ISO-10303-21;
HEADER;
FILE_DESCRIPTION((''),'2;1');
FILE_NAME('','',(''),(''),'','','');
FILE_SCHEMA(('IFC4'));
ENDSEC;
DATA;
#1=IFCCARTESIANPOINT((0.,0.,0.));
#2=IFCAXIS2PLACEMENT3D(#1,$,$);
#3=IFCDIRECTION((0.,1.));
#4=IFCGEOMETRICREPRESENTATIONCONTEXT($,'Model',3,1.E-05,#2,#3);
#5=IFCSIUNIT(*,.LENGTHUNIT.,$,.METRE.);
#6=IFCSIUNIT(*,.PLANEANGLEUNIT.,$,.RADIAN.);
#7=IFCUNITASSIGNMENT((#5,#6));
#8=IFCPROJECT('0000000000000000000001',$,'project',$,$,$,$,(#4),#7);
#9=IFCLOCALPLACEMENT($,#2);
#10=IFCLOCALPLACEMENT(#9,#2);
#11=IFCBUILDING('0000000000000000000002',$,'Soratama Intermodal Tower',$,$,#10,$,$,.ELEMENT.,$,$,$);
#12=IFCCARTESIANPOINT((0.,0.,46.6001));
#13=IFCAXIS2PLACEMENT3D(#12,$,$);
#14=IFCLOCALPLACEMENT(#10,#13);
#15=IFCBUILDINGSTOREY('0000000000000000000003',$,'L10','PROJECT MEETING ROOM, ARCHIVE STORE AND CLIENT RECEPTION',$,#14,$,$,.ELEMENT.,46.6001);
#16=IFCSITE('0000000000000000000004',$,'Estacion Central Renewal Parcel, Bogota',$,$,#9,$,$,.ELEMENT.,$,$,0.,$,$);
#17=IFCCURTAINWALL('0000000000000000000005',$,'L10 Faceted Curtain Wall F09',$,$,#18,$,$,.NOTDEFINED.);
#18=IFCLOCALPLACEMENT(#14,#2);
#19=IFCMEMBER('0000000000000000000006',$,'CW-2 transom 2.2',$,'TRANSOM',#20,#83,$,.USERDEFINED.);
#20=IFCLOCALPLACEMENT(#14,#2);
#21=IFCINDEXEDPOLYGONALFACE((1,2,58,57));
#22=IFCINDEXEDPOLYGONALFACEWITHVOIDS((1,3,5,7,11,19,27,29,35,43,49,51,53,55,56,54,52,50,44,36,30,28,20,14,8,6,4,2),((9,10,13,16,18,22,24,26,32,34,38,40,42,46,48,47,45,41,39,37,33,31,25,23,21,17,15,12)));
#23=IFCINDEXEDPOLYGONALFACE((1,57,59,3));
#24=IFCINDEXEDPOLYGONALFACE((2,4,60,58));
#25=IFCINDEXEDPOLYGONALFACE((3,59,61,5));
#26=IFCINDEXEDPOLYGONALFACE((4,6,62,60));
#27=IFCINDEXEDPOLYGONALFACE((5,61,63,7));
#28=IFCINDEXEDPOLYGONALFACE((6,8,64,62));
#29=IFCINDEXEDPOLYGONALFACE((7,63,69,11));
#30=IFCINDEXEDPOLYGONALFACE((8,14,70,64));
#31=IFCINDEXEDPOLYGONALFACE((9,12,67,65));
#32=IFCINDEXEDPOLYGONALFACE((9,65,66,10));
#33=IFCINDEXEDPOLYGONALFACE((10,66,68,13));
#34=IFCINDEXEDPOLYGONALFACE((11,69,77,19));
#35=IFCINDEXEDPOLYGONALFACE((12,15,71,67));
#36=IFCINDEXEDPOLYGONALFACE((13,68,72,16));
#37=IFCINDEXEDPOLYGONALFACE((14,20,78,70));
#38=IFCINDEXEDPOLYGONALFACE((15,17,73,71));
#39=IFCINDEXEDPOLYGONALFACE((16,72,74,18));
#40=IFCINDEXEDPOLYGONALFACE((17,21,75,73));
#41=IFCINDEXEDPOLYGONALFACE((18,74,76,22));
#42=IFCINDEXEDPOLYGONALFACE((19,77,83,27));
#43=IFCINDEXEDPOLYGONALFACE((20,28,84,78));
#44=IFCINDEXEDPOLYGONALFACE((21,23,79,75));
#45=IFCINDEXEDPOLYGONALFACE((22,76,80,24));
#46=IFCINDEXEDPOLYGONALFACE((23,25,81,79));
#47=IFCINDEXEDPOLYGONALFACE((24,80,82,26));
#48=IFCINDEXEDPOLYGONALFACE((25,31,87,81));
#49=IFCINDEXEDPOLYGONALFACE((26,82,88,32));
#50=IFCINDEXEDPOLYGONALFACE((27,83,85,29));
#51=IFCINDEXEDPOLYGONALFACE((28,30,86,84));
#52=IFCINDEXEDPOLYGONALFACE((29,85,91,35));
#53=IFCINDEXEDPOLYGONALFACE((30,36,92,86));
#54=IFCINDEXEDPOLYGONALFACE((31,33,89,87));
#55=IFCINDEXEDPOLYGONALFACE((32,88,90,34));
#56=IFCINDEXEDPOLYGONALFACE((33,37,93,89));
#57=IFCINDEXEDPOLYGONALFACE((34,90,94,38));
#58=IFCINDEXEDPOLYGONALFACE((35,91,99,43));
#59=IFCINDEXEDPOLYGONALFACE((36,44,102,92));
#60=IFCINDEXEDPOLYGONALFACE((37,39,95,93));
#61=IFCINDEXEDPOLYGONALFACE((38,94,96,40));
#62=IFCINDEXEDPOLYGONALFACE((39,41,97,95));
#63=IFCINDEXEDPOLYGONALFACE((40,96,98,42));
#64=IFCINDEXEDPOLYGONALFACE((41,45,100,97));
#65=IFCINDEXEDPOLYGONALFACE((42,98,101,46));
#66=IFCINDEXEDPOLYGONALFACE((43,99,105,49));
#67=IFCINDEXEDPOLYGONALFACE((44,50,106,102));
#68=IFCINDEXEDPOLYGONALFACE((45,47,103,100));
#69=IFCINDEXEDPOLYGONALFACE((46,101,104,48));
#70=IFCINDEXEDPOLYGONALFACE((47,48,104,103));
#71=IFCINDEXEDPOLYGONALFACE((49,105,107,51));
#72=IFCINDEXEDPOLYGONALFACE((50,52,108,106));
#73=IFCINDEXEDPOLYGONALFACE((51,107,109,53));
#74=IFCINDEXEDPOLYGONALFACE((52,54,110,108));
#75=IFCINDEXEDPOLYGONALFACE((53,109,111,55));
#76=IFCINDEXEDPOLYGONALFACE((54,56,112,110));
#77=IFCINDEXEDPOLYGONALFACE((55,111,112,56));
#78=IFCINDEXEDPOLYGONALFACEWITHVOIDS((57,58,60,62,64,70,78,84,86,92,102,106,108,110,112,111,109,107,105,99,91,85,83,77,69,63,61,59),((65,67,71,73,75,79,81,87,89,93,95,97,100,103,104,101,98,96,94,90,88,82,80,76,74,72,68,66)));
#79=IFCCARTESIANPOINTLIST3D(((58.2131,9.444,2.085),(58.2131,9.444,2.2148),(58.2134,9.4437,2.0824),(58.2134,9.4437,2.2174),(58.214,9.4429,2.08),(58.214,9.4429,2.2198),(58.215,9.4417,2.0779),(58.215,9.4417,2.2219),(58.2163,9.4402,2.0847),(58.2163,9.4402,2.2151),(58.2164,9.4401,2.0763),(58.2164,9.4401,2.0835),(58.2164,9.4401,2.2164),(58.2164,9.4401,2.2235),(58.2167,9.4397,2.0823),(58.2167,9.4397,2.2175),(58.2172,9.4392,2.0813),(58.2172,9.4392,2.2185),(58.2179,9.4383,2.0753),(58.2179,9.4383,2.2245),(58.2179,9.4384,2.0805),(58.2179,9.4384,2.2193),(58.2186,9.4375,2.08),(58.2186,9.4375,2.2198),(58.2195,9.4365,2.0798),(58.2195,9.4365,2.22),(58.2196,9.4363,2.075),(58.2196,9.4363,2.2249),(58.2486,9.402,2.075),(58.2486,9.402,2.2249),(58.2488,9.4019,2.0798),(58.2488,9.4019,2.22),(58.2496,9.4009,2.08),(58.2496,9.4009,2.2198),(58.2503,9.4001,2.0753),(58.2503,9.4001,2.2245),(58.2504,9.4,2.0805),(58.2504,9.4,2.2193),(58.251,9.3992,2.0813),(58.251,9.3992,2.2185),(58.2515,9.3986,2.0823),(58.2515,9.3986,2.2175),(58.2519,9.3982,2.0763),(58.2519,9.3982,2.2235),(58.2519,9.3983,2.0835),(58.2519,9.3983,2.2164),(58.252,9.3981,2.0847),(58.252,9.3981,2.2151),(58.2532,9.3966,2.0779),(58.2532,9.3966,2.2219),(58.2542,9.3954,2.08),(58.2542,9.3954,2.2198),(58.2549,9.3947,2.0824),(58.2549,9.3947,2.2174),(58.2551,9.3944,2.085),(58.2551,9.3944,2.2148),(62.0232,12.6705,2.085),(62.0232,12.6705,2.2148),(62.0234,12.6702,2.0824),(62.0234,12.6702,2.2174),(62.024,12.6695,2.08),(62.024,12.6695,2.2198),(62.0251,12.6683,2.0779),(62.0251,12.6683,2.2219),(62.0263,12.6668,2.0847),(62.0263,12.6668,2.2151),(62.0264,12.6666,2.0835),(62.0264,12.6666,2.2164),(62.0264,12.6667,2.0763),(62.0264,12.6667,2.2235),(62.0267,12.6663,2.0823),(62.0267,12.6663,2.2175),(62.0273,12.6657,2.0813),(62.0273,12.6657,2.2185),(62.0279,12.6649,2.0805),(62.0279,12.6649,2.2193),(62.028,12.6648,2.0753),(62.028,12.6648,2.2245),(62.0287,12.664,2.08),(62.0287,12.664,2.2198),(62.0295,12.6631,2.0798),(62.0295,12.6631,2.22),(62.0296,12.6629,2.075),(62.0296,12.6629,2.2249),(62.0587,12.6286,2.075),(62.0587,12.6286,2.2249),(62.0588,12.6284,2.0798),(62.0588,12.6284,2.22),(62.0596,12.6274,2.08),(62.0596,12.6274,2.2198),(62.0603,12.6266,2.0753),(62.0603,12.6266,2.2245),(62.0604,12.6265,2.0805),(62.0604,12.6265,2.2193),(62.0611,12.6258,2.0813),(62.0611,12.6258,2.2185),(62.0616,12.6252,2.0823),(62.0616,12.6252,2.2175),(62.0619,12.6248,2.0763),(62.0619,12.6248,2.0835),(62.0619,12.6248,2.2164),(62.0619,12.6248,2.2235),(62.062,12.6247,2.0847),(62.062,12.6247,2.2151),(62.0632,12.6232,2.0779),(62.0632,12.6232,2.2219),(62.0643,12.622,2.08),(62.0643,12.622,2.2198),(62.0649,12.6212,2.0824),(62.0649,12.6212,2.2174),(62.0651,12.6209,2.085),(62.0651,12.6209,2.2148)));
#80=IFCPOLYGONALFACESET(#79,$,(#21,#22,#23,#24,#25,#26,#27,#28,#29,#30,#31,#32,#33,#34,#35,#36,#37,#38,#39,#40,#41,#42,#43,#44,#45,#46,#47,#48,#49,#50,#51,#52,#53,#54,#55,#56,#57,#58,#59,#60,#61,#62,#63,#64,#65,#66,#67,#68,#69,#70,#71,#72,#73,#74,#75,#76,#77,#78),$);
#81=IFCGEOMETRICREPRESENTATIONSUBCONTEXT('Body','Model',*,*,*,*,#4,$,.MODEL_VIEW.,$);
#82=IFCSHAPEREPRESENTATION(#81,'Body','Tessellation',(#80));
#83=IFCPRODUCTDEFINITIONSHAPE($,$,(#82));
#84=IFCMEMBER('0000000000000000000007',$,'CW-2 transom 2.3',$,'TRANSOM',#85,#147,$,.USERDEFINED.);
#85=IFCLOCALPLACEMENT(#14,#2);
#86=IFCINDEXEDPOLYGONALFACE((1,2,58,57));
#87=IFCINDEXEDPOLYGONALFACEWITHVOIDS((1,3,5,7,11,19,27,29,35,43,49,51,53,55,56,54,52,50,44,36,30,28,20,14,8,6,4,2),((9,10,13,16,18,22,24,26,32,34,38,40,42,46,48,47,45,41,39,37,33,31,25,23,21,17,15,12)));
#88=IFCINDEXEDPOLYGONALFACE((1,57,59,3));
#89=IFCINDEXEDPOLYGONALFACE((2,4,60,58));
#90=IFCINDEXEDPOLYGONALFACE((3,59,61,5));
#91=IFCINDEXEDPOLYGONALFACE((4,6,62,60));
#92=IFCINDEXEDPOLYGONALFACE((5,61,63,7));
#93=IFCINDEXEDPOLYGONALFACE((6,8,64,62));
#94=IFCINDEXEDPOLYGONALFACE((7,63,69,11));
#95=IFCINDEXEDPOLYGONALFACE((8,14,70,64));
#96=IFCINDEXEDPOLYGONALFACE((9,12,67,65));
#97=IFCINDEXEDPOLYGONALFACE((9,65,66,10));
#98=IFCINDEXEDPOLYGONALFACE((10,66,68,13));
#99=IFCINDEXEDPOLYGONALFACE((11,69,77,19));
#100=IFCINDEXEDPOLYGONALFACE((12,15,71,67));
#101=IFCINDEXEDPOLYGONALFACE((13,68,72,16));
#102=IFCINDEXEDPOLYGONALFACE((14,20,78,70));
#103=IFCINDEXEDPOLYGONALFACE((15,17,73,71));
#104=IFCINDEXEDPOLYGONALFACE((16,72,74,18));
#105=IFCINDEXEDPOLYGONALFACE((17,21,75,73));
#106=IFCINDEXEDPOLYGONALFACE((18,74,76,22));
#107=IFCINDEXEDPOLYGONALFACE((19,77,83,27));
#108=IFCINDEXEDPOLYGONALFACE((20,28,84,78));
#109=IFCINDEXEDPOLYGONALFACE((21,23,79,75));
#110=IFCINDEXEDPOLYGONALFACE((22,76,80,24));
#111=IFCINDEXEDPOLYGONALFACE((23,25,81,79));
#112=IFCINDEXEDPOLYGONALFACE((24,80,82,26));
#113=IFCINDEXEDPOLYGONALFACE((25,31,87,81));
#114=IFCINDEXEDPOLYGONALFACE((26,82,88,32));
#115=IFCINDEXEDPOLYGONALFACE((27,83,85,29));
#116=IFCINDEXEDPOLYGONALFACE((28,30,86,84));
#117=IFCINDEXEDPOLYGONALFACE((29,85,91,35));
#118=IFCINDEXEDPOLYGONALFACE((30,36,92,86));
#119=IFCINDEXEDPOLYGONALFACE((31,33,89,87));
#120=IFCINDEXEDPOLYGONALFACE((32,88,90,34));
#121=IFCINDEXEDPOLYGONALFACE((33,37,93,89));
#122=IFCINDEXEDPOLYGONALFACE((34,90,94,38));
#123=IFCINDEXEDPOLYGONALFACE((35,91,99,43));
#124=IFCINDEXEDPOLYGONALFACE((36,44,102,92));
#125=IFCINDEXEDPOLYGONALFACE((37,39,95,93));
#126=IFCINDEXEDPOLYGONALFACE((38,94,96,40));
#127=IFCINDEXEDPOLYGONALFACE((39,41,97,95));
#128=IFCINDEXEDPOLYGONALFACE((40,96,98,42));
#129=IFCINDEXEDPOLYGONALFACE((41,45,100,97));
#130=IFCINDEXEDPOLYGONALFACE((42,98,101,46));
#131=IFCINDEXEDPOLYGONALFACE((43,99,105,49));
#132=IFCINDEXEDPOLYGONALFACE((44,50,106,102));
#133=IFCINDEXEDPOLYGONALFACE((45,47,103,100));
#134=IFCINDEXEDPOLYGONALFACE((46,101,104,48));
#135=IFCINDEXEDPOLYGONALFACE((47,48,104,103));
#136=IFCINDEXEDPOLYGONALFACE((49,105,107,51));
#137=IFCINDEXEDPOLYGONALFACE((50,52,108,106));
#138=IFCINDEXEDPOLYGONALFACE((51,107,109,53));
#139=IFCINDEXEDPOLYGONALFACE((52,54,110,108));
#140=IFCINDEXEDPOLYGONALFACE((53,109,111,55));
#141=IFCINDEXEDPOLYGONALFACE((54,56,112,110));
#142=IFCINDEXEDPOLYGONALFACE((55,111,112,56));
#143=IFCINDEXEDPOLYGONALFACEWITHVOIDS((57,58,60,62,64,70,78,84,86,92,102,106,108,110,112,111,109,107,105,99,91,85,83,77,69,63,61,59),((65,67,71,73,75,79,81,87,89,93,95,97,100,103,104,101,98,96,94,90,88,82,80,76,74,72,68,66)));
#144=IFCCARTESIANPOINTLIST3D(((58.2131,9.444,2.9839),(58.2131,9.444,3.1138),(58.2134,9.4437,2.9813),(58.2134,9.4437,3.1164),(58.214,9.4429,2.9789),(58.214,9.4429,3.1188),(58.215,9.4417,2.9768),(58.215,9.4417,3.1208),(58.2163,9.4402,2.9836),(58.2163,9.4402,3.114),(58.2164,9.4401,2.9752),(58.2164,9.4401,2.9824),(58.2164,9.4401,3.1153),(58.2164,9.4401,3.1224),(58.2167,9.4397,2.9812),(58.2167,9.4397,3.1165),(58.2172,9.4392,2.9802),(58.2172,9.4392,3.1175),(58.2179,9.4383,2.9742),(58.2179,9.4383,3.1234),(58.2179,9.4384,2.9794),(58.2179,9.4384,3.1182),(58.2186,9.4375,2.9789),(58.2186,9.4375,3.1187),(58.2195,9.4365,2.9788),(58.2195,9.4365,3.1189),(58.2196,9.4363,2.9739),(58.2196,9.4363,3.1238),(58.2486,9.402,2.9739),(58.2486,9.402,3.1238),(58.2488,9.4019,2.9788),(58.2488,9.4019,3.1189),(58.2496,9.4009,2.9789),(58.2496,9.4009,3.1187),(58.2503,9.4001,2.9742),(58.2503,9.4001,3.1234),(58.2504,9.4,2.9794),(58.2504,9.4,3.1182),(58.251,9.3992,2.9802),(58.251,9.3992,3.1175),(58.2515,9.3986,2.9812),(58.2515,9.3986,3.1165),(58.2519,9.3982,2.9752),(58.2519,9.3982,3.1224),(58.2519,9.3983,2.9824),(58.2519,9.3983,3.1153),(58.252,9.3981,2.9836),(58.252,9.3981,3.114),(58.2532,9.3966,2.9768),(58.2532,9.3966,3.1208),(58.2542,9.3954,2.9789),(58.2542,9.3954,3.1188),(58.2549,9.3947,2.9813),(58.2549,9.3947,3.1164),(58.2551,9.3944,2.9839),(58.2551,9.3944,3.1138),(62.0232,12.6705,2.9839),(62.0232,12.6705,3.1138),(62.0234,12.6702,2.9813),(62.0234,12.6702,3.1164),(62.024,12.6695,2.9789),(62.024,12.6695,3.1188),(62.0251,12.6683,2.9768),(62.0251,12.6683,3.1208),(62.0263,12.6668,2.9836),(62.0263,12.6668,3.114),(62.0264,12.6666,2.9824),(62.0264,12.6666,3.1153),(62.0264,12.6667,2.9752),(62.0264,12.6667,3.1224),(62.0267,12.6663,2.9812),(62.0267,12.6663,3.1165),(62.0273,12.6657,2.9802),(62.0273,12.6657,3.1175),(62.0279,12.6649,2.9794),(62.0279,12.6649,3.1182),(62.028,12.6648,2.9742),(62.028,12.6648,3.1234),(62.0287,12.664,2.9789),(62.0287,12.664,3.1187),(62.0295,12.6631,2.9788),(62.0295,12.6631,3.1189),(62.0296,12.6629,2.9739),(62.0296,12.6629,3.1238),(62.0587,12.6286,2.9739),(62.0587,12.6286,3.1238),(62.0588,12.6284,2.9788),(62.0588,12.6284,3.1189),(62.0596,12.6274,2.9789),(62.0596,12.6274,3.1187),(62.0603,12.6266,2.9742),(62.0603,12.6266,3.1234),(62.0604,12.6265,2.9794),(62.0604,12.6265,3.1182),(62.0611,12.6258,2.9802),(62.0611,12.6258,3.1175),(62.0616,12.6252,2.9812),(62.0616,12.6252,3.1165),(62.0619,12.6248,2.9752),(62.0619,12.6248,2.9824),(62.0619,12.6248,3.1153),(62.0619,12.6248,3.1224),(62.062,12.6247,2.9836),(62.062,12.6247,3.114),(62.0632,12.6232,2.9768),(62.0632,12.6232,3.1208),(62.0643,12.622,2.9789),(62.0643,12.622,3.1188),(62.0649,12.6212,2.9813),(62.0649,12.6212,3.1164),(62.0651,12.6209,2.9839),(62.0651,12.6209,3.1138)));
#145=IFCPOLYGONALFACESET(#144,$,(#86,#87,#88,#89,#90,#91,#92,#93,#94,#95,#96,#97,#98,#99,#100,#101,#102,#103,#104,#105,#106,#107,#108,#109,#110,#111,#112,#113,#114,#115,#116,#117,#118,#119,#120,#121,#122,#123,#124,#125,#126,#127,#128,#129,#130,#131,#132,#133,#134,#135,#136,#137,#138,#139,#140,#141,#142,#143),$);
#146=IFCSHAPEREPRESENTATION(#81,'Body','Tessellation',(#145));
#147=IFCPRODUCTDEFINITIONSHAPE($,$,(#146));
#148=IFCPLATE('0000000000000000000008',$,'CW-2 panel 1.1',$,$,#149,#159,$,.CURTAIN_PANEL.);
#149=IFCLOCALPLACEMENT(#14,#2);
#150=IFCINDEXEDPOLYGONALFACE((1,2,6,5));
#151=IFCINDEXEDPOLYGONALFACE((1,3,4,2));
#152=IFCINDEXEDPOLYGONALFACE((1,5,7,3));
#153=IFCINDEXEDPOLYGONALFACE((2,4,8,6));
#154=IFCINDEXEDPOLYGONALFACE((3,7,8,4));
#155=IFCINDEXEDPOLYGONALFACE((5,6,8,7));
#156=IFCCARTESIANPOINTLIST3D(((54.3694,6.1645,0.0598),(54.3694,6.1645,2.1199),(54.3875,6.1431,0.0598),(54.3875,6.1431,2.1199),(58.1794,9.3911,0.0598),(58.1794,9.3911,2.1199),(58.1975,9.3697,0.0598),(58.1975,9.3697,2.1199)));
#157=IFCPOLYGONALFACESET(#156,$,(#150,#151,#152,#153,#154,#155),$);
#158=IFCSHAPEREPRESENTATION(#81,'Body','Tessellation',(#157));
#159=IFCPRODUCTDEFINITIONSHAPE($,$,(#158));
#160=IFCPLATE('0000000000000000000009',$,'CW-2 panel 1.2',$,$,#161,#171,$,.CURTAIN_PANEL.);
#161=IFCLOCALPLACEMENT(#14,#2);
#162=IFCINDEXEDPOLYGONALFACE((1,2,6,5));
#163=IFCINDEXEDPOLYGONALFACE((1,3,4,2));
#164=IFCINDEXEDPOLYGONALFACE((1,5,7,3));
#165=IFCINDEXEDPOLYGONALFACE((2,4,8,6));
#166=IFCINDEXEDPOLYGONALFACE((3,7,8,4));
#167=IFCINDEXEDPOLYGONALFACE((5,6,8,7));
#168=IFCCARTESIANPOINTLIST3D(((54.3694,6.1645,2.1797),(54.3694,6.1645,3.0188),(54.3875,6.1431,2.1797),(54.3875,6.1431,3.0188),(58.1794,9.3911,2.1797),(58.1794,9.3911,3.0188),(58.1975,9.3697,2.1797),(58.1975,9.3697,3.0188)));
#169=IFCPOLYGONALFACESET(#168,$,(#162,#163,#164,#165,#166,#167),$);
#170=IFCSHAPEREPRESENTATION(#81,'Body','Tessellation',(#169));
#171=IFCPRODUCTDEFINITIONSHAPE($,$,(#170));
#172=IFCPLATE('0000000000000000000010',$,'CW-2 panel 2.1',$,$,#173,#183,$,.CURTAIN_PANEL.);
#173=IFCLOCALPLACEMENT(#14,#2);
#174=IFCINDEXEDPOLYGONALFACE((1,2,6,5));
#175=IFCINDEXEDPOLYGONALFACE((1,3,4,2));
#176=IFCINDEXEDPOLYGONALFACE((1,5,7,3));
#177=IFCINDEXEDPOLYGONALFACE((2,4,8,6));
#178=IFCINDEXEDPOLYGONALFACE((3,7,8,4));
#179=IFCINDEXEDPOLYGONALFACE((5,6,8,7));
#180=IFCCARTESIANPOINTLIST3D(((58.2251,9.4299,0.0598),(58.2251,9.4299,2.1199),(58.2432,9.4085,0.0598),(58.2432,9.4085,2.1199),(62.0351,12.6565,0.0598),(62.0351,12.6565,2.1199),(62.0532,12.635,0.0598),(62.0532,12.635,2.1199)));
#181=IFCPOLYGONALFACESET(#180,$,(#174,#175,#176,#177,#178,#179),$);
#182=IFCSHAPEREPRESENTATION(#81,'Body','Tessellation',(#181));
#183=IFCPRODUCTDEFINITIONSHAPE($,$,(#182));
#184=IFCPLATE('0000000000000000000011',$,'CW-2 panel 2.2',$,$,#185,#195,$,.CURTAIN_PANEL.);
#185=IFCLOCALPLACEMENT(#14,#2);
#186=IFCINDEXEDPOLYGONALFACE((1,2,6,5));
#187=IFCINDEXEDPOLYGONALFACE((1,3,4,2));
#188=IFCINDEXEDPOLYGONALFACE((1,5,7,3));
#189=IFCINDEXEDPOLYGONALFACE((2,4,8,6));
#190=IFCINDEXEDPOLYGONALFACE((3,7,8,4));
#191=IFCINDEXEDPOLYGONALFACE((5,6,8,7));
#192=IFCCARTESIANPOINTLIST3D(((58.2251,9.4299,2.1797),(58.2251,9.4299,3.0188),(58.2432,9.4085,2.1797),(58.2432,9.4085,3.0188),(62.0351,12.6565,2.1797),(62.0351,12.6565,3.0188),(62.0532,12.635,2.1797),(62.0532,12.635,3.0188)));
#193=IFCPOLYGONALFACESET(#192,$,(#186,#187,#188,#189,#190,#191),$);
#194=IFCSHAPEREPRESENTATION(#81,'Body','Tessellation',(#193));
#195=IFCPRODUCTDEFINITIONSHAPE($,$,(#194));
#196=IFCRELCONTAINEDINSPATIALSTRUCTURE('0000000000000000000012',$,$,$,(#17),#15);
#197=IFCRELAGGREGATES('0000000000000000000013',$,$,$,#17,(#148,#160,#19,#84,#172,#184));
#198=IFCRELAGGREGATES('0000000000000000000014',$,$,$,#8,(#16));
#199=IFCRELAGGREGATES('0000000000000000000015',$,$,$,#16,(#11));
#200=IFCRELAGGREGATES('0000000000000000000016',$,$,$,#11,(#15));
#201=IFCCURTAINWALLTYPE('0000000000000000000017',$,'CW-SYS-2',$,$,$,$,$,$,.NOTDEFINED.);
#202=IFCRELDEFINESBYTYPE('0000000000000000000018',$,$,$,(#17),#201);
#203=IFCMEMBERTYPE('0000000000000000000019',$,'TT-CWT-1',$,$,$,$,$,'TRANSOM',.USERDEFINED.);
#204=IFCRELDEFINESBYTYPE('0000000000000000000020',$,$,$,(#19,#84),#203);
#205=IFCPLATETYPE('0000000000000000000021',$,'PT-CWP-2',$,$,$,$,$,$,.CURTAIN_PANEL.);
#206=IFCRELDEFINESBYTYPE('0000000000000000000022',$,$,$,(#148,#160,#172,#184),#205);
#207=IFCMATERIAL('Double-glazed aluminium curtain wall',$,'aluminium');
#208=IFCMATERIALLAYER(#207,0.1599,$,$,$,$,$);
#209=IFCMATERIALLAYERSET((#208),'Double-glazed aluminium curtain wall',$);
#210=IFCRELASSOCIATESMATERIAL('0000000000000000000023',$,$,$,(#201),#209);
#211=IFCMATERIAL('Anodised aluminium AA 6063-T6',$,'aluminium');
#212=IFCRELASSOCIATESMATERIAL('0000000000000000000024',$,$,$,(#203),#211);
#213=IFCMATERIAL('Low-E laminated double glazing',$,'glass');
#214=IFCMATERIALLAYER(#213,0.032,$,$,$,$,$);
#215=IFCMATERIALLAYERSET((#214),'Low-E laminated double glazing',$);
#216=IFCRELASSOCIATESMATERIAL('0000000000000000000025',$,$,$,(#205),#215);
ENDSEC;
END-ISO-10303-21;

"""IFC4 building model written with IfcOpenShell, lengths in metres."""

from ifc_helpers import new_model, si_unit, direction, frame, origin, origin_2d, place, context, subcontext, project, spatial, rectangle, hollow_rectangle, extrude, material, layer, layer_set, material_profile, profile_set, type_object, element, aggregate, save


model = new_model("IFC4")

# Units and contexts
model_context = context("Model", 3, precision=1e-05, world=origin(), true_north=direction((0.0, 1.0)))
body_context = subcontext(model_context, "Body", "Model", "MODEL_VIEW")
ifc_project = project(units=[si_unit("LENGTHUNIT", "METRE"), si_unit("PLANEANGLEUNIT", "RADIAN")], contexts=[model_context])

# Site, building, storey
site_placement = place(None, origin())
site = spatial("IfcSite", under=ifc_project, at=site_placement, Name="Estacion Central Renewal Parcel, Bogota", CompositionType="ELEMENT", RefElevation=0.0)
building_placement = place(site_placement, origin())
building = spatial("IfcBuilding", under=site, at=building_placement, Name="Soratama Intermodal Tower", CompositionType="ELEMENT")
storey_placement = place(building_placement, frame((0.0, 0.0, 46.6001)))
storey = spatial("IfcBuildingStorey", under=building, at=storey_placement, Name="L10", Description="PROJECT MEETING ROOM, ARCHIVE STORE AND CLIENT RECEPTION", CompositionType="ELEMENT", Elevation=46.6001)

# Curtain wall, members, plates
ifc_material_1 = material(Name="Double-glazed aluminium curtain wall", Category="aluminium")
ifc_layer_1 = layer(ifc_material_1, 0.1599)
ifc_layer_set_1 = layer_set([ifc_layer_1], Name="Double-glazed aluminium curtain wall")
curtain_wall_type = type_object("IfcCurtainWallType", Name="CW-SYS-2", PredefinedType="NOTDEFINED", material=ifc_layer_set_1)
curtain_wall_placement = place(storey_placement, origin())
curtain_wall = element("IfcCurtainWall", 1, at=curtain_wall_placement, inside=storey, type_object=curtain_wall_type, Name="L10 Faceted Curtain Wall F09", PredefinedType="NOTDEFINED")
ifc_material_2 = material(Name="Anodised aluminium AA 6063-T6", Category="aluminium")
ifc_material_profile_1 = material_profile(ifc_material_2, hollow_rectangle(XDim=0.0649, YDim=0.1499, WallThickness=0.0049, InnerFilletRadius=0.0049, OuterFilletRadius=0.01, at=origin_2d()), Name="CWT150X65X5")
ifc_profile_set_1 = profile_set([ifc_material_profile_1], Name="Anodised aluminium AA 6063-T6")
member_type_1 = type_object("IfcMemberType", Name="TT-CWT-1", ElementType="TRANSOM", PredefinedType="USERDEFINED", material=ifc_profile_set_1)
member_1_placement = place(storey_placement, frame((58.2341, 9.4192, 2.1499), z_axis=(0.763123, 0.646253, 0.0), x_axis=(-0.646253, 0.763123, 0.0)))
member_1 = element("IfcMember", 2, at=member_1_placement, type_object=member_type_1, Name="CW-2 transom 2.2", ObjectType="TRANSOM", PredefinedType="USERDEFINED", context=body_context, shape_type="SweptSolid", body=[
    extrude(hollow_rectangle(XDim=0.0649, YDim=0.1499, WallThickness=0.0049, InnerFilletRadius=0.0049, OuterFilletRadius=0.01, at=origin_2d()), origin(), (0.0, 0.0, 1.0), 4.9927),
])
member_2_placement = place(storey_placement, frame((58.2341, 9.4192, 3.0488), z_axis=(0.763123, 0.646253, 0.0), x_axis=(-0.646253, 0.763123, 0.0)))
member_2 = element("IfcMember", 3, at=member_2_placement, type_object=member_type_1, Name="CW-2 transom 2.3", ObjectType="TRANSOM", PredefinedType="USERDEFINED", context=body_context, shape_type="SweptSolid", body=[
    extrude(hollow_rectangle(XDim=0.0649, YDim=0.1499, WallThickness=0.0049, InnerFilletRadius=0.0049, OuterFilletRadius=0.01, at=origin_2d()), origin(), (0.0, 0.0, 1.0), 4.9927),
])
ifc_material_3 = material(Name="Low-E laminated double glazing", Category="glass")
ifc_layer_2 = layer(ifc_material_3, 0.032)
ifc_layer_set_2 = layer_set([ifc_layer_2], Name="Low-E laminated double glazing")
plate_type = type_object("IfcPlateType", Name="PT-CWP-2", PredefinedType="CURTAIN_PANEL", material=ifc_layer_set_2)
plate_1_placement = place(storey_placement, frame((56.2834, 7.7671, 0.0598), z_axis=(0.0, 0.0, 1.0), x_axis=(0.763118, 0.646259, 0.0)))
plate_1 = element("IfcPlate", 4, at=plate_1_placement, type_object=plate_type, Name="CW-2 panel 1.1", PredefinedType="CURTAIN_PANEL", context=body_context, shape_type="SweptSolid", body=[
    extrude(rectangle(XDim=4.9927, YDim=0.0281, at=origin_2d()), origin(), (0.0, 0.0, 1.0), 2.0601),
])
plate_2_placement = place(storey_placement, frame((56.2834, 7.7671, 2.1797), z_axis=(0.0, 0.0, 1.0), x_axis=(0.763118, 0.646259, 0.0)))
plate_2 = element("IfcPlate", 5, at=plate_2_placement, type_object=plate_type, Name="CW-2 panel 1.2", PredefinedType="CURTAIN_PANEL", context=body_context, shape_type="SweptSolid", body=[
    extrude(rectangle(XDim=4.9927, YDim=0.0281, at=origin_2d()), origin(), (0.0, 0.0, 1.0), 0.8391),
])
plate_3_placement = place(storey_placement, frame((60.1392, 11.0325, 0.0598), z_axis=(0.0, 0.0, 1.0), x_axis=(0.763118, 0.646259, 0.0)))
plate_3 = element("IfcPlate", 6, at=plate_3_placement, type_object=plate_type, Name="CW-2 panel 2.1", PredefinedType="CURTAIN_PANEL", context=body_context, shape_type="SweptSolid", body=[
    extrude(rectangle(XDim=4.9927, YDim=0.0281, at=origin_2d()), origin(), (0.0, 0.0, 1.0), 2.0601),
])
plate_4_placement = place(storey_placement, frame((60.1392, 11.0325, 2.1797), z_axis=(0.0, 0.0, 1.0), x_axis=(0.763118, 0.646259, 0.0)))
plate_4 = element("IfcPlate", 7, at=plate_4_placement, type_object=plate_type, Name="CW-2 panel 2.2", PredefinedType="CURTAIN_PANEL", context=body_context, shape_type="SweptSolid", body=[
    extrude(rectangle(XDim=4.9927, YDim=0.0281, at=origin_2d()), origin(), (0.0, 0.0, 1.0), 0.8391),
])
aggregate(curtain_wall, [plate_1, plate_2, member_1, member_2, plate_3, plate_4])

save(model, "model.ifc")
